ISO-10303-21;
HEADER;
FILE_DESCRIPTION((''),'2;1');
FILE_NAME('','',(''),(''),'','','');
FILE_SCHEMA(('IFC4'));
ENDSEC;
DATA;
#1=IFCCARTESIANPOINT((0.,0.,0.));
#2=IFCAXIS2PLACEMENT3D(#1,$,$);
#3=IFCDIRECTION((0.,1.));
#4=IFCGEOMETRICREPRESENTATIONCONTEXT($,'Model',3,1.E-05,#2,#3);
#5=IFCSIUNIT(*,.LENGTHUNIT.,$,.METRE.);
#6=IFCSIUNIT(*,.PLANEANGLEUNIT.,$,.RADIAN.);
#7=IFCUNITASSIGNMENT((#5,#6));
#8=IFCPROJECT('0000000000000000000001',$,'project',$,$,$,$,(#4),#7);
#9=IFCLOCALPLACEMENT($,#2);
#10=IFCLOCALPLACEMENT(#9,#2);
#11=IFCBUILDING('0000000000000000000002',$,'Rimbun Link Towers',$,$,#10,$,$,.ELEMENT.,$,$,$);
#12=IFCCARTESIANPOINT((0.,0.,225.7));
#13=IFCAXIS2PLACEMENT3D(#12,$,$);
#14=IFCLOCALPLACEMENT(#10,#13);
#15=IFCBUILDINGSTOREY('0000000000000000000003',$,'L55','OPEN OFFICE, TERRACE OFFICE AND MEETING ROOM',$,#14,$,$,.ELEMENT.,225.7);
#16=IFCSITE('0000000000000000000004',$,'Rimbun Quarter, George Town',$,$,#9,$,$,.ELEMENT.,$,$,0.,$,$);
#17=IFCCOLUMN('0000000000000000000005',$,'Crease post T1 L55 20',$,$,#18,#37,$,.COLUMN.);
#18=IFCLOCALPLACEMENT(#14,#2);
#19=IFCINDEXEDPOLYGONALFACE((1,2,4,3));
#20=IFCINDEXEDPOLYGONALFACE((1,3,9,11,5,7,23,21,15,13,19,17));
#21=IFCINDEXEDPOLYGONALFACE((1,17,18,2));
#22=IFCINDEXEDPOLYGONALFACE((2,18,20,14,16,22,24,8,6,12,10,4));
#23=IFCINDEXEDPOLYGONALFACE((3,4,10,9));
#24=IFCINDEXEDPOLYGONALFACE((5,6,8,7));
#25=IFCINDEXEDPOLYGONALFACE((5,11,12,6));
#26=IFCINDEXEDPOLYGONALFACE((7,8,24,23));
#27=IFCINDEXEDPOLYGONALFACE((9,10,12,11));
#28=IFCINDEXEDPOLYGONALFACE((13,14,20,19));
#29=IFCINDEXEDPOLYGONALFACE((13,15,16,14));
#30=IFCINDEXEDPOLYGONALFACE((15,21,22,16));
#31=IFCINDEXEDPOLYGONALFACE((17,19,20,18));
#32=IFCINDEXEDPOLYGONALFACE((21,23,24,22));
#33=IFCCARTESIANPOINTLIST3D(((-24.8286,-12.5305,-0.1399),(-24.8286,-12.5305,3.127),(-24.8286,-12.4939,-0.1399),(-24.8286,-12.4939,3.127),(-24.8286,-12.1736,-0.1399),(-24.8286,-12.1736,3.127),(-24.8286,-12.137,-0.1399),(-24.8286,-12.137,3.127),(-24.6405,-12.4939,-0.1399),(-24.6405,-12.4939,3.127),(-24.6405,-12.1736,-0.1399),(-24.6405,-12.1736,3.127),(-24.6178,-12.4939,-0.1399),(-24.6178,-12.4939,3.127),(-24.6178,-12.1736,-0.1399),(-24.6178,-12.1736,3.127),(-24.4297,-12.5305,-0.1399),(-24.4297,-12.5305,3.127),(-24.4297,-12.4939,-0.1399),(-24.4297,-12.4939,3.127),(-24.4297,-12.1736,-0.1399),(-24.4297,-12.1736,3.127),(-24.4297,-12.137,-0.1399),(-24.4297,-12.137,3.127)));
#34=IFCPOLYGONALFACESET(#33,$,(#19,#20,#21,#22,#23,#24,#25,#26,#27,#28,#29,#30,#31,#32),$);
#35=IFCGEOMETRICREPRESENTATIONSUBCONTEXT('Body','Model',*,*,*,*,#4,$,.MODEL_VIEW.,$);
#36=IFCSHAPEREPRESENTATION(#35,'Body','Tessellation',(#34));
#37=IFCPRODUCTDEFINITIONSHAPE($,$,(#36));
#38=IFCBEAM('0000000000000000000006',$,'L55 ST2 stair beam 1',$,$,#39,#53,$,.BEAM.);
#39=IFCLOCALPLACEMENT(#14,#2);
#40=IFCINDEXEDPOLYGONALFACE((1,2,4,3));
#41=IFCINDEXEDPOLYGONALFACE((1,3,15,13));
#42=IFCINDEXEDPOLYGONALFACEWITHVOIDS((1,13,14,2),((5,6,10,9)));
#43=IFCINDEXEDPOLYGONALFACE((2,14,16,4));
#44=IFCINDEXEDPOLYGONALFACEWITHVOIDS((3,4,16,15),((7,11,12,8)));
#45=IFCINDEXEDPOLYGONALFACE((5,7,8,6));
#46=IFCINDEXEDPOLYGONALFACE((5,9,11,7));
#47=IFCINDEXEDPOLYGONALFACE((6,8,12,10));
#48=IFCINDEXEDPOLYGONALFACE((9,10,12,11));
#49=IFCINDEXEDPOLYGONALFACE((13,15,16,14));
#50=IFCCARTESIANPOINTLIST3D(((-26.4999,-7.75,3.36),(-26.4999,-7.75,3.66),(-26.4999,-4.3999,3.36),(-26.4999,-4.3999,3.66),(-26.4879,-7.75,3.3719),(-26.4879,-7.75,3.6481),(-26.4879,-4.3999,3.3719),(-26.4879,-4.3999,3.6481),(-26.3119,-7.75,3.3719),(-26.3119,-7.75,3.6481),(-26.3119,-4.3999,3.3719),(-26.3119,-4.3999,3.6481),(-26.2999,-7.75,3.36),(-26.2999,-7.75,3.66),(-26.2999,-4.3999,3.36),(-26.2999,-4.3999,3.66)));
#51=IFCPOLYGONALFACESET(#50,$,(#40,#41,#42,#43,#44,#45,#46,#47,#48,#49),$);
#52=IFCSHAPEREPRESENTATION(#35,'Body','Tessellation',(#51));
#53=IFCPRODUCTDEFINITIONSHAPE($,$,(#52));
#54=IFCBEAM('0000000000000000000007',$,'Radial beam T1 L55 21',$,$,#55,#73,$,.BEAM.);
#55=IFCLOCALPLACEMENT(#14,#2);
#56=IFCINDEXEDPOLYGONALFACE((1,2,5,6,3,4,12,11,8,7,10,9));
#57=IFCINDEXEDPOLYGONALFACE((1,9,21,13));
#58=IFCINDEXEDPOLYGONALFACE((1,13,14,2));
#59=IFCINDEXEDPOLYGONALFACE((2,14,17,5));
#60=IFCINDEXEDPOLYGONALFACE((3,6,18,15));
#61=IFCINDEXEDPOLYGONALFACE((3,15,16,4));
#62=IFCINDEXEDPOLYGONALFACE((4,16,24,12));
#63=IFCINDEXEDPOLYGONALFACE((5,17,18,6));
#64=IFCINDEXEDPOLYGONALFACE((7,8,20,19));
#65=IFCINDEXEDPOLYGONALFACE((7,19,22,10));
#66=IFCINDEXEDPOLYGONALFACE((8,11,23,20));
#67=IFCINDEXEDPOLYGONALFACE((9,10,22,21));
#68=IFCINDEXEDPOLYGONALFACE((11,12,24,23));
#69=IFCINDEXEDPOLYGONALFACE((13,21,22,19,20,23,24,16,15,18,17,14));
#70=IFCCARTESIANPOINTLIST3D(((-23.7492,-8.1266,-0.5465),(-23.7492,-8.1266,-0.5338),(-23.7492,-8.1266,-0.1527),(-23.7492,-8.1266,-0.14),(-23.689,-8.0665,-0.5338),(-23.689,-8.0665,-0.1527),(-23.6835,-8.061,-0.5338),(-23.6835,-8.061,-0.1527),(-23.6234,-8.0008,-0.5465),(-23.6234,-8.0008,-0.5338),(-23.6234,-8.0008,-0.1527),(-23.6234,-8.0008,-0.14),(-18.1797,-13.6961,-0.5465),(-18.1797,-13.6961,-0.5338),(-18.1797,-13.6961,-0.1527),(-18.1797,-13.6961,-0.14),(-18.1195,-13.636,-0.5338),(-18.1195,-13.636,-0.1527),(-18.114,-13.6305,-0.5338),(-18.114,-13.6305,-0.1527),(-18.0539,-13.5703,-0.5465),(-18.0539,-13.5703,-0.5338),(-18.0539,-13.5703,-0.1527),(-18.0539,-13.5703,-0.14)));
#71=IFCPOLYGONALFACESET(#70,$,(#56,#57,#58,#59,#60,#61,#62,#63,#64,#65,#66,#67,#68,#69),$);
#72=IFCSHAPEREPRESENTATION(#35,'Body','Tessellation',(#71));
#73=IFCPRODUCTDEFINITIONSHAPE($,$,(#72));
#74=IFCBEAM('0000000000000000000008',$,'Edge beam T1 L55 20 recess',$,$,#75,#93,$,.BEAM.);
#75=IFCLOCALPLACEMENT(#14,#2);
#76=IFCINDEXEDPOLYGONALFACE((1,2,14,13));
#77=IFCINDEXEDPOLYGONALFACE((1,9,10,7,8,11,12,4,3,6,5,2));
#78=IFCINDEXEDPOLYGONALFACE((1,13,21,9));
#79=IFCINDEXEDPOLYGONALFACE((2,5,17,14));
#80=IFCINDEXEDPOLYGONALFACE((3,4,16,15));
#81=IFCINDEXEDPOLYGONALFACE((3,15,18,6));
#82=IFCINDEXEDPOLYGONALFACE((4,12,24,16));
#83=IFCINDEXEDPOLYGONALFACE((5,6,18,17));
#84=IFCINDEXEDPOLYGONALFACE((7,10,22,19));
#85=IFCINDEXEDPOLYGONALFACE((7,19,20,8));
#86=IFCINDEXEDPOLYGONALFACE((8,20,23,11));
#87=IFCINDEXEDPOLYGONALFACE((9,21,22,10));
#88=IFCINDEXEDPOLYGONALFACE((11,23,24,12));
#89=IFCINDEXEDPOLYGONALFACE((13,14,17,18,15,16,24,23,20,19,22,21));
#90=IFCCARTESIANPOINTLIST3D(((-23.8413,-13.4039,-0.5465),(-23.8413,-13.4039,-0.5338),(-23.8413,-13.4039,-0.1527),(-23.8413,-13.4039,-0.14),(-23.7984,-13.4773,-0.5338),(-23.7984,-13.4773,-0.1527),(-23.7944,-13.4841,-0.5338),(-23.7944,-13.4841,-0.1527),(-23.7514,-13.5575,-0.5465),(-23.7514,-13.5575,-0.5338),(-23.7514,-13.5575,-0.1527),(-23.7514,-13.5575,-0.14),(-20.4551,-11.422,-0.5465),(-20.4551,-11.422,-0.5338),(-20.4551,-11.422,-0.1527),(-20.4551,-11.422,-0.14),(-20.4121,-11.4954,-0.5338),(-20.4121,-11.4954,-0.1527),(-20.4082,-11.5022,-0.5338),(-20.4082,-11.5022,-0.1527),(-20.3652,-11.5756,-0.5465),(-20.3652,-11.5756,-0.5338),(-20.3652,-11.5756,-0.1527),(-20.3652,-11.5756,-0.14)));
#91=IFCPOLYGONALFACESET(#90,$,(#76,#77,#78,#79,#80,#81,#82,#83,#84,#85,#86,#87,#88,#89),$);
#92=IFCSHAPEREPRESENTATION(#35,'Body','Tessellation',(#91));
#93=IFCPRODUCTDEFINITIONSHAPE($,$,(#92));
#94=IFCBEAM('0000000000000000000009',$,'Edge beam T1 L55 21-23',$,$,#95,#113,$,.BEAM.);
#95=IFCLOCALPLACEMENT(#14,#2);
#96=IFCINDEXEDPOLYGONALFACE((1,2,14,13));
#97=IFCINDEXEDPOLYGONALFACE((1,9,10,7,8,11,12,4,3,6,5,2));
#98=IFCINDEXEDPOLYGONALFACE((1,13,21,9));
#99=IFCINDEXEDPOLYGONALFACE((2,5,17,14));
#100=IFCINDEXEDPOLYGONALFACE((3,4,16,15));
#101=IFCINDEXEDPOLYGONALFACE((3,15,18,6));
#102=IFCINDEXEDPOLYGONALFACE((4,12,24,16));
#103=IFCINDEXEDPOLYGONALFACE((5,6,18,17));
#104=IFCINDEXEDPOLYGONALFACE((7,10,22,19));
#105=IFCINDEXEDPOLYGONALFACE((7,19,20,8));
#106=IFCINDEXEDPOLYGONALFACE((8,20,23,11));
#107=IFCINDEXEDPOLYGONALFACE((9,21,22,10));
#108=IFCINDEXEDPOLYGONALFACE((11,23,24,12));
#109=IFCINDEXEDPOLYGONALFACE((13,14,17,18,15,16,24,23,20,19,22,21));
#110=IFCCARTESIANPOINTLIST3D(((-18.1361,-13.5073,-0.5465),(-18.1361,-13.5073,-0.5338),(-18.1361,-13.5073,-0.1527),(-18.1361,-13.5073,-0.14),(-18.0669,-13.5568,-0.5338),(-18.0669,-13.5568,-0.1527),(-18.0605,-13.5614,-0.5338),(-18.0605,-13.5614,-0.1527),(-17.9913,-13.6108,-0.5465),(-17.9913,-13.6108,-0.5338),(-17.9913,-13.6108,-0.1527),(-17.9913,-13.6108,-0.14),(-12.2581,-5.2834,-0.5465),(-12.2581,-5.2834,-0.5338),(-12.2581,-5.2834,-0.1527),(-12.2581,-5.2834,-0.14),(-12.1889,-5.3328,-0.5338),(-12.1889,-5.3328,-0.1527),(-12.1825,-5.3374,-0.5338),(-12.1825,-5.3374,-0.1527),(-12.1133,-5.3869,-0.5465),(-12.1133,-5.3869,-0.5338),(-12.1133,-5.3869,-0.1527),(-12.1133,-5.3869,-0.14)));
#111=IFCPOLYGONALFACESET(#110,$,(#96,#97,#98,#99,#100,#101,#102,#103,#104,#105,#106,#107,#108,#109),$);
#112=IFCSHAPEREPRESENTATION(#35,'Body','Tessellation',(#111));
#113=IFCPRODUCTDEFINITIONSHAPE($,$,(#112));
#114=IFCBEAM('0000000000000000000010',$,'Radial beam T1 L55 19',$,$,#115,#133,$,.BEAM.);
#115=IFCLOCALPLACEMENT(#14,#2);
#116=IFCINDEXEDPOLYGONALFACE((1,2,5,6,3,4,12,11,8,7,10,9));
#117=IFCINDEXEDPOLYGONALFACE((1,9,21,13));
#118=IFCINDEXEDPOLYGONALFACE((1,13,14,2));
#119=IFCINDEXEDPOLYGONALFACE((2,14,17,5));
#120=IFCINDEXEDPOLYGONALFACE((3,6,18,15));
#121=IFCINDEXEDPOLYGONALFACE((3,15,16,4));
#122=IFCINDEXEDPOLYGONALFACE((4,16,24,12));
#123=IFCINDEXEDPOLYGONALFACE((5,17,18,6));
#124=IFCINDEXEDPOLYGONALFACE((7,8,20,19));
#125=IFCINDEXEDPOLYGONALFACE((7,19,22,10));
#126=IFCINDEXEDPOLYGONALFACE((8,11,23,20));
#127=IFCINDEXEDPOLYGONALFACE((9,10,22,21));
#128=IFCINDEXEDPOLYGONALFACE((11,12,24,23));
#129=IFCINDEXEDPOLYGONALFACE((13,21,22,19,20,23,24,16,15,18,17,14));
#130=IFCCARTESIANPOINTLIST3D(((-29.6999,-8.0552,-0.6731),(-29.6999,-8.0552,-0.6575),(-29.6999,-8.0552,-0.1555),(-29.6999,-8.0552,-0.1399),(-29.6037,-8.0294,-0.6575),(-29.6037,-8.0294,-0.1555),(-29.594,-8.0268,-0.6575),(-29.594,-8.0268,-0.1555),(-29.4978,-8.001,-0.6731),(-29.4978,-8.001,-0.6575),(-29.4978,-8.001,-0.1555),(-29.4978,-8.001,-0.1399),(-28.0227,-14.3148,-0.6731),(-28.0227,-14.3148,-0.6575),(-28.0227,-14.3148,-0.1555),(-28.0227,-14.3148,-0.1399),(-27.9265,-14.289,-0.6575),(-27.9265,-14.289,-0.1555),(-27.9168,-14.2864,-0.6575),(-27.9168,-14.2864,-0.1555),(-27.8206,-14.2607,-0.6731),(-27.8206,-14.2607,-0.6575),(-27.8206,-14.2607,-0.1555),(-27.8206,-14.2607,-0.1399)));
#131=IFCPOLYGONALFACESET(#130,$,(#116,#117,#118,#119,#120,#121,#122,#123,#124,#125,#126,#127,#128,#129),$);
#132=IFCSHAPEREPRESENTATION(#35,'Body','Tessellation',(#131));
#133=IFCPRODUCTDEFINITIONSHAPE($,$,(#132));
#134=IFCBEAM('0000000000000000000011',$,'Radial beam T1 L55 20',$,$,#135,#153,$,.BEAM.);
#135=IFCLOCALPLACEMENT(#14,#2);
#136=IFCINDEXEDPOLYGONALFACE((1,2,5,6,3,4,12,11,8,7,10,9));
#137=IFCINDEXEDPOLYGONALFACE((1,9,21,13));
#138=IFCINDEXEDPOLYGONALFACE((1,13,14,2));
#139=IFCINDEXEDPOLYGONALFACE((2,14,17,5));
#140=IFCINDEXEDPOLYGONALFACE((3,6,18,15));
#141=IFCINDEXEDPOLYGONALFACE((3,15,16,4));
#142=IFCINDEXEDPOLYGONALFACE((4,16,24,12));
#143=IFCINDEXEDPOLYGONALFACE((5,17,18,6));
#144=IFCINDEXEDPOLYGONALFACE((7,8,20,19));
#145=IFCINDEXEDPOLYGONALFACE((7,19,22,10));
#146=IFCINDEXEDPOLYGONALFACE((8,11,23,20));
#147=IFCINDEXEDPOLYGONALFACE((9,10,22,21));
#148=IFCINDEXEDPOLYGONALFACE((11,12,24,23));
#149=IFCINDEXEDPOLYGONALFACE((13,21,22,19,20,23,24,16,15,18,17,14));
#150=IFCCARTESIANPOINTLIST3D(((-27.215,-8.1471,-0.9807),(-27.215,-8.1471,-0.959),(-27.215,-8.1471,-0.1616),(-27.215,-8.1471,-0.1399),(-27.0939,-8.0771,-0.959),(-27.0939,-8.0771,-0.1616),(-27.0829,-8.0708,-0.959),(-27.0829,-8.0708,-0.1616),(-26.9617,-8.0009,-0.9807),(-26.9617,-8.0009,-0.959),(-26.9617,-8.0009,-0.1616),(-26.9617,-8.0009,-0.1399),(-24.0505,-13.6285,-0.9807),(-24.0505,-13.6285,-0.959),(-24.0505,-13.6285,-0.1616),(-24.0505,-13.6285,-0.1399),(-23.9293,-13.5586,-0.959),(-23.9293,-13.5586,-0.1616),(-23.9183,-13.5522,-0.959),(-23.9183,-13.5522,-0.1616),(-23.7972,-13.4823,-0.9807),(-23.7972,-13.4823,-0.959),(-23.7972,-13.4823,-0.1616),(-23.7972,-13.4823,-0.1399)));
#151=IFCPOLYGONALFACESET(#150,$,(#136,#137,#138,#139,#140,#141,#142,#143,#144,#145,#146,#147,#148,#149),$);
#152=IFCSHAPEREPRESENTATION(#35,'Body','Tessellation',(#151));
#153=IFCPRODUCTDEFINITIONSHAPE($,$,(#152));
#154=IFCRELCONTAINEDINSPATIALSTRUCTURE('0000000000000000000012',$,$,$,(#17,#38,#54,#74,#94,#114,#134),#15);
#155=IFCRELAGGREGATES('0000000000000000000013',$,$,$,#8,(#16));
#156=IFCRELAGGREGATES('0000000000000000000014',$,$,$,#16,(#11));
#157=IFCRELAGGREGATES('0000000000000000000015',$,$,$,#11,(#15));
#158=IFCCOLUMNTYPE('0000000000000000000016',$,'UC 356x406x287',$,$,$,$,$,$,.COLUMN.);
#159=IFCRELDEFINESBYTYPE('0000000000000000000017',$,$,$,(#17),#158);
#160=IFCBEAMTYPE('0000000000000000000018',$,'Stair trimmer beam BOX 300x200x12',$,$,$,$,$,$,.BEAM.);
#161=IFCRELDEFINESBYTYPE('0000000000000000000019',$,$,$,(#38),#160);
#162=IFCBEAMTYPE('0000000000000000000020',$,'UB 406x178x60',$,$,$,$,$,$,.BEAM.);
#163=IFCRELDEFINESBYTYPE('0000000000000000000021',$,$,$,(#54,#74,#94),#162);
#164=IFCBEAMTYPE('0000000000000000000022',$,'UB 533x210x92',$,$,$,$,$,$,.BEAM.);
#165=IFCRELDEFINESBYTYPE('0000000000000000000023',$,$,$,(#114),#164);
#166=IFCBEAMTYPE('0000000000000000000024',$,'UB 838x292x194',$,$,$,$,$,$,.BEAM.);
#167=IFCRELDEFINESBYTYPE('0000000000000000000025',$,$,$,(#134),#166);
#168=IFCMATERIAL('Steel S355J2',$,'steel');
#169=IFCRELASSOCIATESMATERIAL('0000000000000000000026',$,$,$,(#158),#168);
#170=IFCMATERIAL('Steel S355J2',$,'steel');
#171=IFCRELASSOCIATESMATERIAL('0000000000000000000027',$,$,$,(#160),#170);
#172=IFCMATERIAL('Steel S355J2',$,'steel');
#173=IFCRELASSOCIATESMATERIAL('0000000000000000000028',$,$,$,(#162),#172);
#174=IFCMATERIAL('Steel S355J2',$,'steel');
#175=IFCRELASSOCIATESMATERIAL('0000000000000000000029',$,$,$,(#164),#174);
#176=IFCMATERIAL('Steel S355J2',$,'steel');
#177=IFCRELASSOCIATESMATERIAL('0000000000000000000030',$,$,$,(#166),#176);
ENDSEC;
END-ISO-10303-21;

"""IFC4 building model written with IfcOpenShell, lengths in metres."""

from ifc_helpers import new_model, si_unit, direction, frame, origin, origin_2d, place, context, subcontext, project, spatial, hollow_rectangle, i_section, extrude, material, material_profile, profile_set, type_object, element, save


model = new_model("IFC4")

# Units and contexts
model_context = context("Model", 3, precision=1e-05, world=origin(), true_north=direction((0.0, 1.0)))
body_context = subcontext(model_context, "Body", "Model", "MODEL_VIEW")
ifc_project = project(units=[si_unit("LENGTHUNIT", "METRE"), si_unit("PLANEANGLEUNIT", "RADIAN")], contexts=[model_context])

# Site, building, storey
site_placement = place(None, origin())
site = spatial("IfcSite", under=ifc_project, at=site_placement, Name="Rimbun Quarter, George Town", CompositionType="ELEMENT", RefElevation=0.0)
building_placement = place(site_placement, origin())
building = spatial("IfcBuilding", under=site, at=building_placement, Name="Rimbun Link Towers", CompositionType="ELEMENT")
storey_placement = place(building_placement, frame((0.0, 0.0, 225.7)))
storey = spatial("IfcBuildingStorey", under=building, at=storey_placement, Name="L55", Description="OPEN OFFICE, TERRACE OFFICE AND MEETING ROOM", CompositionType="ELEMENT", Elevation=225.7)

# Column
ifc_material_1 = material(Name="Steel S355J2", Category="steel")
ifc_material_profile_1 = material_profile(ifc_material_1, i_section(OverallWidth=0.3989, OverallDepth=0.3936, WebThickness=0.0227, FlangeThickness=0.0366, at=origin_2d()), Name="UC 356x406x287")
ifc_profile_set_1 = profile_set([ifc_material_profile_1], Name="Steel S355J2")
column_type = type_object("IfcColumnType", Name="UC 356x406x287", PredefinedType="COLUMN", material=ifc_profile_set_1)
column_placement = place(storey_placement, frame((-24.6292, -12.3337, -0.1399), z_axis=(0.0, 0.0, 1.0), x_axis=(1.0, 0.0, 0.0)))
element("IfcColumn", 1, at=column_placement, inside=storey, type_object=column_type, Name="Crease post T1 L55 20", PredefinedType="COLUMN", context=body_context, shape_type="SweptSolid", body=[
    extrude(i_section(OverallWidth=0.3989, OverallDepth=0.3936, WebThickness=0.0227, FlangeThickness=0.0366, at=origin_2d()), origin(), (0.0, 0.0, 1.0), 3.2668),
])

# Beams
ifc_material_2 = material(Name="Steel S355J2", Category="steel")
ifc_material_profile_2 = material_profile(ifc_material_2, hollow_rectangle(XDim=0.2, YDim=0.3, WallThickness=0.012, at=origin_2d()), Name="BOX 300x200x12")
ifc_profile_set_2 = profile_set([ifc_material_profile_2], Name="Steel S355J2")
beam_type_1 = type_object("IfcBeamType", Name="Stair trimmer beam BOX 300x200x12", PredefinedType="BEAM", material=ifc_profile_set_2)
beam_1_placement = place(storey_placement, frame((-26.3999, -7.75, 3.51), z_axis=(0.0, 1.0, 0.0), x_axis=(-1.0, 0.0, 0.0)))
element("IfcBeam", 2, at=beam_1_placement, inside=storey, type_object=beam_type_1, Name="L55 ST2 stair beam 1", PredefinedType="BEAM", context=body_context, shape_type="SweptSolid", body=[
    extrude(hollow_rectangle(XDim=0.2, YDim=0.3, WallThickness=0.012, at=origin_2d()), origin(), (0.0, 0.0, 1.0), 3.3501),
])
ifc_material_3 = material(Name="Steel S355J2", Category="steel")
ifc_material_profile_3 = material_profile(ifc_material_3, i_section(OverallWidth=0.178, OverallDepth=0.4065, WebThickness=0.0078, FlangeThickness=0.0127, at=origin_2d()), Name="UB 406x178x60")
ifc_profile_set_3 = profile_set([ifc_material_profile_3], Name="Steel S355J2")
beam_type_2 = type_object("IfcBeamType", Name="UB 406x178x60", PredefinedType="BEAM", material=ifc_profile_set_3)
beam_2_placement = place(storey_placement, frame((-23.6863, -8.0637, -0.3433), z_axis=(0.707107, -0.707107, 0.0), x_axis=(0.707107, 0.707107, 0.0)))
element("IfcBeam", 3, at=beam_2_placement, inside=storey, type_object=beam_type_2, Name="Radial beam T1 L55 21", PredefinedType="BEAM", context=body_context, shape_type="SweptSolid", body=[
    extrude(i_section(OverallWidth=0.178, OverallDepth=0.4065, WebThickness=0.0078, FlangeThickness=0.0127, at=origin_2d()), origin(), (0.0, 0.0, 1.0), 7.8765),
])
beam_3_placement = place(storey_placement, frame((-23.7964, -13.4807, -0.3433), z_axis=(0.863042, 0.505132, 0.0), x_axis=(-0.505132, 0.863042, 0.0)))
element("IfcBeam", 4, at=beam_3_placement, inside=storey, type_object=beam_type_2, Name="Edge beam T1 L55 20 recess", PredefinedType="BEAM", context=body_context, shape_type="SweptSolid", body=[
    extrude(i_section(OverallWidth=0.178, OverallDepth=0.4065, WebThickness=0.0078, FlangeThickness=0.0127, at=origin_2d()), origin(), (0.0, 0.0, 1.0), 3.9236),
])
beam_4_placement = place(storey_placement, frame((-18.0637, -13.5591, -0.3433), z_axis=(0.581483, 0.813559, 0.0), x_axis=(-0.813559, 0.581483, 0.0)))
element("IfcBeam", 5, at=beam_4_placement, inside=storey, type_object=beam_type_2, Name="Edge beam T1 L55 21-23", PredefinedType="BEAM", context=body_context, shape_type="SweptSolid", body=[
    extrude(i_section(OverallWidth=0.178, OverallDepth=0.4065, WebThickness=0.0078, FlangeThickness=0.0127, at=origin_2d()), origin(), (0.0, 0.0, 1.0), 10.1086),
])
ifc_material_4 = material(Name="Steel S355J2", Category="steel")
ifc_material_profile_4 = material_profile(ifc_material_4, i_section(OverallWidth=0.2092, OverallDepth=0.5332, WebThickness=0.01, FlangeThickness=0.0156, at=origin_2d()), Name="UB 533x210x92")
ifc_profile_set_4 = profile_set([ifc_material_profile_4], Name="Steel S355J2")
beam_type_3 = type_object("IfcBeamType", Name="UB 533x210x92", PredefinedType="BEAM", material=ifc_profile_set_4)
beam_5_placement = place(storey_placement, frame((-29.5989, -8.0281, -0.4065), z_axis=(0.258811, -0.965928, 0.0), x_axis=(0.965928, 0.258811, 0.0)))
element("IfcBeam", 6, at=beam_5_placement, inside=storey, type_object=beam_type_3, Name="Radial beam T1 L55 19", PredefinedType="BEAM", context=body_context, shape_type="SweptSolid", body=[
    extrude(i_section(OverallWidth=0.2092, OverallDepth=0.5332, WebThickness=0.01, FlangeThickness=0.0156, at=origin_2d()), origin(), (0.0, 0.0, 1.0), 6.4805),
])
ifc_material_5 = material(Name="Steel S355J2", Category="steel")
ifc_material_profile_5 = material_profile(ifc_material_5, i_section(OverallWidth=0.2925, OverallDepth=0.8408, WebThickness=0.0127, FlangeThickness=0.0217, at=origin_2d()), Name="UB 838x292x194")
ifc_profile_set_5 = profile_set([ifc_material_profile_5], Name="Steel S355J2")
beam_type_4 = type_object("IfcBeamType", Name="UB 838x292x194", PredefinedType="BEAM", material=ifc_profile_set_5)
beam_6_placement = place(storey_placement, frame((-27.0884, -8.074, -0.5603), z_axis=(0.499981, -0.866037, 0.0), x_axis=(0.866037, 0.499981, 0.0)))
element("IfcBeam", 7, at=beam_6_placement, inside=storey, type_object=beam_type_4, Name="Radial beam T1 L55 20", PredefinedType="BEAM", context=body_context, shape_type="SweptSolid", body=[
    extrude(i_section(OverallWidth=0.2925, OverallDepth=0.8408, WebThickness=0.0127, FlangeThickness=0.0217, at=origin_2d()), origin(), (0.0, 0.0, 1.0), 6.3293),
])

save(model, "model.ifc")
